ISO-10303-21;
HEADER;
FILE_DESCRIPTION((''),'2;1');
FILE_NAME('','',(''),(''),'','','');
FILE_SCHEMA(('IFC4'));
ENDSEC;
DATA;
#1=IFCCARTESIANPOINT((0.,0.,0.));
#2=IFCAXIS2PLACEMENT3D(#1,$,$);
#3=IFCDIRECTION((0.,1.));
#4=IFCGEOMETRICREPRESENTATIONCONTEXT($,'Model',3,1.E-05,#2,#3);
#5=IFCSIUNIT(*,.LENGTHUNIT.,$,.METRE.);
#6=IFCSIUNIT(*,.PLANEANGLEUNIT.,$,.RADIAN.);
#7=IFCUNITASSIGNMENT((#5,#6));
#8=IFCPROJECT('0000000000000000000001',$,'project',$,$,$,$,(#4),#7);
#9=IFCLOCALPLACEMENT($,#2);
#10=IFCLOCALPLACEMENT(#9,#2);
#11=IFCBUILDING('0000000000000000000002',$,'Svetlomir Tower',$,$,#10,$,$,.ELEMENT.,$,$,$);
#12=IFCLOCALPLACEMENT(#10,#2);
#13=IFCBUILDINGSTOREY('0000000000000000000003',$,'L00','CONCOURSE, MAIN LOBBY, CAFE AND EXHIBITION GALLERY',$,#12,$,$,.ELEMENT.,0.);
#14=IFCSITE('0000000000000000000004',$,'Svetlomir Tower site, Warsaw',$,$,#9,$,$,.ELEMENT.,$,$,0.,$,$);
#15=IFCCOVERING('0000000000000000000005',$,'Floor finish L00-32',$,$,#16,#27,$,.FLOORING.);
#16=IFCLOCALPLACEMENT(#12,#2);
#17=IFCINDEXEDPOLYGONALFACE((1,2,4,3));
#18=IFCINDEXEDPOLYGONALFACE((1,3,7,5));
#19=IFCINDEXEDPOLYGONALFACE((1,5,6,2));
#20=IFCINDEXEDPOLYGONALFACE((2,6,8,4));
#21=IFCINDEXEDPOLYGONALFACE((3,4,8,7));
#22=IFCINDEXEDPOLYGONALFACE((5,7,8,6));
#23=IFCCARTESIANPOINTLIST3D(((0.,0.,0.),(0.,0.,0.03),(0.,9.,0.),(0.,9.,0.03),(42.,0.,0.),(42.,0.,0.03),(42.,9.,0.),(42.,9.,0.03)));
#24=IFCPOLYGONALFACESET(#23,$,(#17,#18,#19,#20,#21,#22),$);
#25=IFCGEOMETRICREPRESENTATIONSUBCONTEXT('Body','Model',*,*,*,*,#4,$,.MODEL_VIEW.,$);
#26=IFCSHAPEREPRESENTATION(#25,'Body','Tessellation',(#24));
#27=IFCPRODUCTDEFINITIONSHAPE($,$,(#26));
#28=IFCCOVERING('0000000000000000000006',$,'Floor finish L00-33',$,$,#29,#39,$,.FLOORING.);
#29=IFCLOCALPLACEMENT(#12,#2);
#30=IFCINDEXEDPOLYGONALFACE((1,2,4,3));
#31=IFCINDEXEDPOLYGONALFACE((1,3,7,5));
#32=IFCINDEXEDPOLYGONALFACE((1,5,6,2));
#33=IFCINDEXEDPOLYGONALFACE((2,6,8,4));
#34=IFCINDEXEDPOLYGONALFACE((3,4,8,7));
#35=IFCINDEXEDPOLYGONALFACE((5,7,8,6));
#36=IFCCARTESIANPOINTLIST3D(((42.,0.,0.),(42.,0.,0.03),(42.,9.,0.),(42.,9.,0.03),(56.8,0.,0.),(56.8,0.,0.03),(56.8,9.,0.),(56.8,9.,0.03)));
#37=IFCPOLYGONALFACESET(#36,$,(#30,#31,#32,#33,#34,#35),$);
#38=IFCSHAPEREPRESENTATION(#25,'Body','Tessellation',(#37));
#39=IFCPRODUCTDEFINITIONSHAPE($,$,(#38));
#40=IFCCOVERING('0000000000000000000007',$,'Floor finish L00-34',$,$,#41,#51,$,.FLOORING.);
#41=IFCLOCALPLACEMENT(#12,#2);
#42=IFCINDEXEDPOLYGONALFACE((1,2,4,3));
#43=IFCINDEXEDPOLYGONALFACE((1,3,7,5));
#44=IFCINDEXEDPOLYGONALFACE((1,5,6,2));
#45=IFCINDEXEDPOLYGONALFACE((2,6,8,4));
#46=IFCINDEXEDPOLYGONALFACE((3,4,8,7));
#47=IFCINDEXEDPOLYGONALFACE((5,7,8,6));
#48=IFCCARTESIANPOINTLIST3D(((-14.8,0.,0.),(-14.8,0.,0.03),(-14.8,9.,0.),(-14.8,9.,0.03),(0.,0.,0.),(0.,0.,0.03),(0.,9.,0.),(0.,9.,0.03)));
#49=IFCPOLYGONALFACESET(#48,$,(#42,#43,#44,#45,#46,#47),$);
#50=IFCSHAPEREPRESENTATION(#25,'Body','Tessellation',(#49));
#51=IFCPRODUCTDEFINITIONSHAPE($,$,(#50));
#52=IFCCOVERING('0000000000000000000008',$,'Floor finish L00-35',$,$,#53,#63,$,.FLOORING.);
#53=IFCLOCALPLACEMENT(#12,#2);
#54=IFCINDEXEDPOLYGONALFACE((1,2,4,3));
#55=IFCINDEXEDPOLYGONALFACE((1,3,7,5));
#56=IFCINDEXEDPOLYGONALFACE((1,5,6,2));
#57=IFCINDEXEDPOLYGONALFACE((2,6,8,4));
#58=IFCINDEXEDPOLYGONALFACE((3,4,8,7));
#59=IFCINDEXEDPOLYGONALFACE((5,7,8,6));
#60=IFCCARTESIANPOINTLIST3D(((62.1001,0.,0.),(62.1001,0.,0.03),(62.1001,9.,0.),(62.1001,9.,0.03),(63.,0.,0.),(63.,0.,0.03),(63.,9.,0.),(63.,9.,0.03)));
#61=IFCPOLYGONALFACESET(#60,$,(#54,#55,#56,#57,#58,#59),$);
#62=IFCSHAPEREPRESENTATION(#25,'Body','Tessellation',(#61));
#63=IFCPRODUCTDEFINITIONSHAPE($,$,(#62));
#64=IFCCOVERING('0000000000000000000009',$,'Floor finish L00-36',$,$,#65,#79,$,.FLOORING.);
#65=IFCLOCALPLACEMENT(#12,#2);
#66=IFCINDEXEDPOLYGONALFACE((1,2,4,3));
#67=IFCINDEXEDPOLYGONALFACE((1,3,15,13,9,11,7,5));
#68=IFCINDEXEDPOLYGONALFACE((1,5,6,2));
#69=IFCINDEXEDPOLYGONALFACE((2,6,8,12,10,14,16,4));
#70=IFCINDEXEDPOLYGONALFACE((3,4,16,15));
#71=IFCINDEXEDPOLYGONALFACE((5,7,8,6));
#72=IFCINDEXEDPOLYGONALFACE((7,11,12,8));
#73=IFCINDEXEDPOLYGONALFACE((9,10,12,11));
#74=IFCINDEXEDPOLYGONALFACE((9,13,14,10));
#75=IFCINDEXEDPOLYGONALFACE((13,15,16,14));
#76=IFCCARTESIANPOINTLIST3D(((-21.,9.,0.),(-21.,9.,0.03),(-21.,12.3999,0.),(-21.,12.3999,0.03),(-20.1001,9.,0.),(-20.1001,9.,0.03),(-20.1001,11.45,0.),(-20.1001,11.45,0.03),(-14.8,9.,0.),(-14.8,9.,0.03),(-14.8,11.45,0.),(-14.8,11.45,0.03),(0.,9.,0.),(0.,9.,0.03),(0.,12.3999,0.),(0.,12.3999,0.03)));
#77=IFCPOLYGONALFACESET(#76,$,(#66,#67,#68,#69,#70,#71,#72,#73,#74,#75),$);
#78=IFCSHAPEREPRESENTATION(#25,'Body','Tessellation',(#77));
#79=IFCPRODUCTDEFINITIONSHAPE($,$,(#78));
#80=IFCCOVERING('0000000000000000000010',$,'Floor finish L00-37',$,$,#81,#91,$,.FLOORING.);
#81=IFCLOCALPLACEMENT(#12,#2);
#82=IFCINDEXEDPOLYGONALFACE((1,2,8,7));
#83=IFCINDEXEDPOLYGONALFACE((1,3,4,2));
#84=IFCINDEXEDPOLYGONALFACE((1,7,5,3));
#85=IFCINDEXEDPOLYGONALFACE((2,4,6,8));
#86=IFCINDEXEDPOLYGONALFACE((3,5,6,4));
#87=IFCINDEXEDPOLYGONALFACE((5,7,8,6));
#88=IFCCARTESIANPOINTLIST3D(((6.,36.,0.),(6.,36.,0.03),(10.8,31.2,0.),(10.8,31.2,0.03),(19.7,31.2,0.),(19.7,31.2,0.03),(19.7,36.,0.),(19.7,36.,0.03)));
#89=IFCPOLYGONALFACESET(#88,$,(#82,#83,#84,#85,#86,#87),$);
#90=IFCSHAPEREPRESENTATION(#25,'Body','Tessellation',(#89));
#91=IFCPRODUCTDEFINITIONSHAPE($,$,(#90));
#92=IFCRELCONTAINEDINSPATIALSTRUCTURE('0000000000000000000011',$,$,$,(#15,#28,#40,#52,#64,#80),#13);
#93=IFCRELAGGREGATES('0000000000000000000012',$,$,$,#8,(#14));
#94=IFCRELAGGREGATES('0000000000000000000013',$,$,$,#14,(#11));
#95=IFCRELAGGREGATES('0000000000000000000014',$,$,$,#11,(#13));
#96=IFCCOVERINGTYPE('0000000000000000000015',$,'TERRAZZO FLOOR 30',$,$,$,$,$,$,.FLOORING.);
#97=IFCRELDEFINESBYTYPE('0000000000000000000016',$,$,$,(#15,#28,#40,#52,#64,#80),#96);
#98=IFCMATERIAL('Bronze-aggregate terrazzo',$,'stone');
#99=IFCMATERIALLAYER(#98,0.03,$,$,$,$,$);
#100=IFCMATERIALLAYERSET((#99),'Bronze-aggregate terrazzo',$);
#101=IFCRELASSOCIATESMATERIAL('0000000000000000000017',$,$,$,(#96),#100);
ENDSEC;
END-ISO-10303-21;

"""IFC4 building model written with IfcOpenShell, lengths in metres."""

from ifc_helpers import new_model, si_unit, direction, origin, place, context, subcontext, project, spatial, polyline, outline, extrude, material, layer, layer_set, type_object, element, save


model = new_model("IFC4")

# Units and contexts
model_context = context("Model", 3, precision=1e-05, world=origin(), true_north=direction((0.0, 1.0)))
body_context = subcontext(model_context, "Body", "Model", "MODEL_VIEW")
ifc_project = project(units=[si_unit("LENGTHUNIT", "METRE"), si_unit("PLANEANGLEUNIT", "RADIAN")], contexts=[model_context])

# Site, building, storey
site_placement = place(None, origin())
site = spatial("IfcSite", under=ifc_project, at=site_placement, Name="Svetlomir Tower site, Warsaw", CompositionType="ELEMENT", RefElevation=0.0)
building_placement = place(site_placement, origin())
building = spatial("IfcBuilding", under=site, at=building_placement, Name="Svetlomir Tower", CompositionType="ELEMENT")
storey_placement = place(building_placement, origin())
storey = spatial("IfcBuildingStorey", under=building, at=storey_placement, Name="L00", Description="CONCOURSE, MAIN LOBBY, CAFE AND EXHIBITION GALLERY", CompositionType="ELEMENT", Elevation=0.0)

# Coverings
ifc_material_1 = material(Name="Bronze-aggregate terrazzo", Category="stone")
ifc_layer_1 = layer(ifc_material_1, 0.03)
ifc_layer_set_1 = layer_set([ifc_layer_1], Name="Bronze-aggregate terrazzo")
covering_type_1 = type_object("IfcCoveringType", Name="TERRAZZO FLOOR 30", PredefinedType="FLOORING", material=ifc_layer_set_1)
covering_1_placement = place(storey_placement, origin())
element("IfcCovering", 1, at=covering_1_placement, inside=storey, type_object=covering_type_1, Name="Floor finish L00-32", PredefinedType="FLOORING", context=body_context, shape_type="SweptSolid", body=[
    extrude(outline(polyline([(0.0, 9.0), (42.0, 9.0), (42.0, 0.0), (0.0, 0.0), (0.0, 9.0)])), origin(), (0.0, 0.0, 1.0), 0.03),
])
covering_2_placement = place(storey_placement, origin())
element("IfcCovering", 2, at=covering_2_placement, inside=storey, type_object=covering_type_1, Name="Floor finish L00-33", PredefinedType="FLOORING", context=body_context, shape_type="SweptSolid", body=[
    extrude(outline(polyline([(42.0, 9.0), (56.8, 9.0), (56.8, 0.0), (42.0, 0.0), (42.0, 9.0)])), origin(), (0.0, 0.0, 1.0), 0.03),
])
covering_3_placement = place(storey_placement, origin())
element("IfcCovering", 3, at=covering_3_placement, inside=storey, type_object=covering_type_1, Name="Floor finish L00-34", PredefinedType="FLOORING", context=body_context, shape_type="SweptSolid", body=[
    extrude(outline(polyline([(0.0, 0.0), (-14.8, 0.0), (-14.8, 9.0), (0.0, 9.0), (0.0, 0.0)])), origin(), (0.0, 0.0, 1.0), 0.03),
])
covering_4_placement = place(storey_placement, origin())
element("IfcCovering", 4, at=covering_4_placement, inside=storey, type_object=covering_type_1, Name="Floor finish L00-35", PredefinedType="FLOORING", context=body_context, shape_type="SweptSolid", body=[
    extrude(outline(polyline([(63.0, 0.0), (62.1001, 0.0), (62.1001, 9.0), (63.0, 9.0), (63.0, 0.0)])), origin(), (0.0, 0.0, 1.0), 0.03),
])
covering_5_placement = place(storey_placement, origin())
element("IfcCovering", 5, at=covering_5_placement, inside=storey, type_object=covering_type_1, Name="Floor finish L00-36", PredefinedType="FLOORING", context=body_context, shape_type="SweptSolid", body=[
    extrude(outline(polyline([(-21.0, 12.3999), (0.0, 12.3999), (0.0, 9.0), (-14.8, 9.0), (-14.8, 11.45), (-20.1001, 11.45), (-20.1001, 9.0), (-21.0, 9.0), (-21.0, 12.3999)])), origin(), (0.0, 0.0, 1.0), 0.03),
])
covering_6_placement = place(storey_placement, origin())
element("IfcCovering", 6, at=covering_6_placement, inside=storey, type_object=covering_type_1, Name="Floor finish L00-37", PredefinedType="FLOORING", context=body_context, shape_type="SweptSolid", body=[
    extrude(outline(polyline([(19.7, 36.0), (19.7, 31.2), (10.8, 31.2), (6.0, 36.0), (19.7, 36.0)])), origin(), (0.0, 0.0, 1.0), 0.03),
])

save(model, "model.ifc")
